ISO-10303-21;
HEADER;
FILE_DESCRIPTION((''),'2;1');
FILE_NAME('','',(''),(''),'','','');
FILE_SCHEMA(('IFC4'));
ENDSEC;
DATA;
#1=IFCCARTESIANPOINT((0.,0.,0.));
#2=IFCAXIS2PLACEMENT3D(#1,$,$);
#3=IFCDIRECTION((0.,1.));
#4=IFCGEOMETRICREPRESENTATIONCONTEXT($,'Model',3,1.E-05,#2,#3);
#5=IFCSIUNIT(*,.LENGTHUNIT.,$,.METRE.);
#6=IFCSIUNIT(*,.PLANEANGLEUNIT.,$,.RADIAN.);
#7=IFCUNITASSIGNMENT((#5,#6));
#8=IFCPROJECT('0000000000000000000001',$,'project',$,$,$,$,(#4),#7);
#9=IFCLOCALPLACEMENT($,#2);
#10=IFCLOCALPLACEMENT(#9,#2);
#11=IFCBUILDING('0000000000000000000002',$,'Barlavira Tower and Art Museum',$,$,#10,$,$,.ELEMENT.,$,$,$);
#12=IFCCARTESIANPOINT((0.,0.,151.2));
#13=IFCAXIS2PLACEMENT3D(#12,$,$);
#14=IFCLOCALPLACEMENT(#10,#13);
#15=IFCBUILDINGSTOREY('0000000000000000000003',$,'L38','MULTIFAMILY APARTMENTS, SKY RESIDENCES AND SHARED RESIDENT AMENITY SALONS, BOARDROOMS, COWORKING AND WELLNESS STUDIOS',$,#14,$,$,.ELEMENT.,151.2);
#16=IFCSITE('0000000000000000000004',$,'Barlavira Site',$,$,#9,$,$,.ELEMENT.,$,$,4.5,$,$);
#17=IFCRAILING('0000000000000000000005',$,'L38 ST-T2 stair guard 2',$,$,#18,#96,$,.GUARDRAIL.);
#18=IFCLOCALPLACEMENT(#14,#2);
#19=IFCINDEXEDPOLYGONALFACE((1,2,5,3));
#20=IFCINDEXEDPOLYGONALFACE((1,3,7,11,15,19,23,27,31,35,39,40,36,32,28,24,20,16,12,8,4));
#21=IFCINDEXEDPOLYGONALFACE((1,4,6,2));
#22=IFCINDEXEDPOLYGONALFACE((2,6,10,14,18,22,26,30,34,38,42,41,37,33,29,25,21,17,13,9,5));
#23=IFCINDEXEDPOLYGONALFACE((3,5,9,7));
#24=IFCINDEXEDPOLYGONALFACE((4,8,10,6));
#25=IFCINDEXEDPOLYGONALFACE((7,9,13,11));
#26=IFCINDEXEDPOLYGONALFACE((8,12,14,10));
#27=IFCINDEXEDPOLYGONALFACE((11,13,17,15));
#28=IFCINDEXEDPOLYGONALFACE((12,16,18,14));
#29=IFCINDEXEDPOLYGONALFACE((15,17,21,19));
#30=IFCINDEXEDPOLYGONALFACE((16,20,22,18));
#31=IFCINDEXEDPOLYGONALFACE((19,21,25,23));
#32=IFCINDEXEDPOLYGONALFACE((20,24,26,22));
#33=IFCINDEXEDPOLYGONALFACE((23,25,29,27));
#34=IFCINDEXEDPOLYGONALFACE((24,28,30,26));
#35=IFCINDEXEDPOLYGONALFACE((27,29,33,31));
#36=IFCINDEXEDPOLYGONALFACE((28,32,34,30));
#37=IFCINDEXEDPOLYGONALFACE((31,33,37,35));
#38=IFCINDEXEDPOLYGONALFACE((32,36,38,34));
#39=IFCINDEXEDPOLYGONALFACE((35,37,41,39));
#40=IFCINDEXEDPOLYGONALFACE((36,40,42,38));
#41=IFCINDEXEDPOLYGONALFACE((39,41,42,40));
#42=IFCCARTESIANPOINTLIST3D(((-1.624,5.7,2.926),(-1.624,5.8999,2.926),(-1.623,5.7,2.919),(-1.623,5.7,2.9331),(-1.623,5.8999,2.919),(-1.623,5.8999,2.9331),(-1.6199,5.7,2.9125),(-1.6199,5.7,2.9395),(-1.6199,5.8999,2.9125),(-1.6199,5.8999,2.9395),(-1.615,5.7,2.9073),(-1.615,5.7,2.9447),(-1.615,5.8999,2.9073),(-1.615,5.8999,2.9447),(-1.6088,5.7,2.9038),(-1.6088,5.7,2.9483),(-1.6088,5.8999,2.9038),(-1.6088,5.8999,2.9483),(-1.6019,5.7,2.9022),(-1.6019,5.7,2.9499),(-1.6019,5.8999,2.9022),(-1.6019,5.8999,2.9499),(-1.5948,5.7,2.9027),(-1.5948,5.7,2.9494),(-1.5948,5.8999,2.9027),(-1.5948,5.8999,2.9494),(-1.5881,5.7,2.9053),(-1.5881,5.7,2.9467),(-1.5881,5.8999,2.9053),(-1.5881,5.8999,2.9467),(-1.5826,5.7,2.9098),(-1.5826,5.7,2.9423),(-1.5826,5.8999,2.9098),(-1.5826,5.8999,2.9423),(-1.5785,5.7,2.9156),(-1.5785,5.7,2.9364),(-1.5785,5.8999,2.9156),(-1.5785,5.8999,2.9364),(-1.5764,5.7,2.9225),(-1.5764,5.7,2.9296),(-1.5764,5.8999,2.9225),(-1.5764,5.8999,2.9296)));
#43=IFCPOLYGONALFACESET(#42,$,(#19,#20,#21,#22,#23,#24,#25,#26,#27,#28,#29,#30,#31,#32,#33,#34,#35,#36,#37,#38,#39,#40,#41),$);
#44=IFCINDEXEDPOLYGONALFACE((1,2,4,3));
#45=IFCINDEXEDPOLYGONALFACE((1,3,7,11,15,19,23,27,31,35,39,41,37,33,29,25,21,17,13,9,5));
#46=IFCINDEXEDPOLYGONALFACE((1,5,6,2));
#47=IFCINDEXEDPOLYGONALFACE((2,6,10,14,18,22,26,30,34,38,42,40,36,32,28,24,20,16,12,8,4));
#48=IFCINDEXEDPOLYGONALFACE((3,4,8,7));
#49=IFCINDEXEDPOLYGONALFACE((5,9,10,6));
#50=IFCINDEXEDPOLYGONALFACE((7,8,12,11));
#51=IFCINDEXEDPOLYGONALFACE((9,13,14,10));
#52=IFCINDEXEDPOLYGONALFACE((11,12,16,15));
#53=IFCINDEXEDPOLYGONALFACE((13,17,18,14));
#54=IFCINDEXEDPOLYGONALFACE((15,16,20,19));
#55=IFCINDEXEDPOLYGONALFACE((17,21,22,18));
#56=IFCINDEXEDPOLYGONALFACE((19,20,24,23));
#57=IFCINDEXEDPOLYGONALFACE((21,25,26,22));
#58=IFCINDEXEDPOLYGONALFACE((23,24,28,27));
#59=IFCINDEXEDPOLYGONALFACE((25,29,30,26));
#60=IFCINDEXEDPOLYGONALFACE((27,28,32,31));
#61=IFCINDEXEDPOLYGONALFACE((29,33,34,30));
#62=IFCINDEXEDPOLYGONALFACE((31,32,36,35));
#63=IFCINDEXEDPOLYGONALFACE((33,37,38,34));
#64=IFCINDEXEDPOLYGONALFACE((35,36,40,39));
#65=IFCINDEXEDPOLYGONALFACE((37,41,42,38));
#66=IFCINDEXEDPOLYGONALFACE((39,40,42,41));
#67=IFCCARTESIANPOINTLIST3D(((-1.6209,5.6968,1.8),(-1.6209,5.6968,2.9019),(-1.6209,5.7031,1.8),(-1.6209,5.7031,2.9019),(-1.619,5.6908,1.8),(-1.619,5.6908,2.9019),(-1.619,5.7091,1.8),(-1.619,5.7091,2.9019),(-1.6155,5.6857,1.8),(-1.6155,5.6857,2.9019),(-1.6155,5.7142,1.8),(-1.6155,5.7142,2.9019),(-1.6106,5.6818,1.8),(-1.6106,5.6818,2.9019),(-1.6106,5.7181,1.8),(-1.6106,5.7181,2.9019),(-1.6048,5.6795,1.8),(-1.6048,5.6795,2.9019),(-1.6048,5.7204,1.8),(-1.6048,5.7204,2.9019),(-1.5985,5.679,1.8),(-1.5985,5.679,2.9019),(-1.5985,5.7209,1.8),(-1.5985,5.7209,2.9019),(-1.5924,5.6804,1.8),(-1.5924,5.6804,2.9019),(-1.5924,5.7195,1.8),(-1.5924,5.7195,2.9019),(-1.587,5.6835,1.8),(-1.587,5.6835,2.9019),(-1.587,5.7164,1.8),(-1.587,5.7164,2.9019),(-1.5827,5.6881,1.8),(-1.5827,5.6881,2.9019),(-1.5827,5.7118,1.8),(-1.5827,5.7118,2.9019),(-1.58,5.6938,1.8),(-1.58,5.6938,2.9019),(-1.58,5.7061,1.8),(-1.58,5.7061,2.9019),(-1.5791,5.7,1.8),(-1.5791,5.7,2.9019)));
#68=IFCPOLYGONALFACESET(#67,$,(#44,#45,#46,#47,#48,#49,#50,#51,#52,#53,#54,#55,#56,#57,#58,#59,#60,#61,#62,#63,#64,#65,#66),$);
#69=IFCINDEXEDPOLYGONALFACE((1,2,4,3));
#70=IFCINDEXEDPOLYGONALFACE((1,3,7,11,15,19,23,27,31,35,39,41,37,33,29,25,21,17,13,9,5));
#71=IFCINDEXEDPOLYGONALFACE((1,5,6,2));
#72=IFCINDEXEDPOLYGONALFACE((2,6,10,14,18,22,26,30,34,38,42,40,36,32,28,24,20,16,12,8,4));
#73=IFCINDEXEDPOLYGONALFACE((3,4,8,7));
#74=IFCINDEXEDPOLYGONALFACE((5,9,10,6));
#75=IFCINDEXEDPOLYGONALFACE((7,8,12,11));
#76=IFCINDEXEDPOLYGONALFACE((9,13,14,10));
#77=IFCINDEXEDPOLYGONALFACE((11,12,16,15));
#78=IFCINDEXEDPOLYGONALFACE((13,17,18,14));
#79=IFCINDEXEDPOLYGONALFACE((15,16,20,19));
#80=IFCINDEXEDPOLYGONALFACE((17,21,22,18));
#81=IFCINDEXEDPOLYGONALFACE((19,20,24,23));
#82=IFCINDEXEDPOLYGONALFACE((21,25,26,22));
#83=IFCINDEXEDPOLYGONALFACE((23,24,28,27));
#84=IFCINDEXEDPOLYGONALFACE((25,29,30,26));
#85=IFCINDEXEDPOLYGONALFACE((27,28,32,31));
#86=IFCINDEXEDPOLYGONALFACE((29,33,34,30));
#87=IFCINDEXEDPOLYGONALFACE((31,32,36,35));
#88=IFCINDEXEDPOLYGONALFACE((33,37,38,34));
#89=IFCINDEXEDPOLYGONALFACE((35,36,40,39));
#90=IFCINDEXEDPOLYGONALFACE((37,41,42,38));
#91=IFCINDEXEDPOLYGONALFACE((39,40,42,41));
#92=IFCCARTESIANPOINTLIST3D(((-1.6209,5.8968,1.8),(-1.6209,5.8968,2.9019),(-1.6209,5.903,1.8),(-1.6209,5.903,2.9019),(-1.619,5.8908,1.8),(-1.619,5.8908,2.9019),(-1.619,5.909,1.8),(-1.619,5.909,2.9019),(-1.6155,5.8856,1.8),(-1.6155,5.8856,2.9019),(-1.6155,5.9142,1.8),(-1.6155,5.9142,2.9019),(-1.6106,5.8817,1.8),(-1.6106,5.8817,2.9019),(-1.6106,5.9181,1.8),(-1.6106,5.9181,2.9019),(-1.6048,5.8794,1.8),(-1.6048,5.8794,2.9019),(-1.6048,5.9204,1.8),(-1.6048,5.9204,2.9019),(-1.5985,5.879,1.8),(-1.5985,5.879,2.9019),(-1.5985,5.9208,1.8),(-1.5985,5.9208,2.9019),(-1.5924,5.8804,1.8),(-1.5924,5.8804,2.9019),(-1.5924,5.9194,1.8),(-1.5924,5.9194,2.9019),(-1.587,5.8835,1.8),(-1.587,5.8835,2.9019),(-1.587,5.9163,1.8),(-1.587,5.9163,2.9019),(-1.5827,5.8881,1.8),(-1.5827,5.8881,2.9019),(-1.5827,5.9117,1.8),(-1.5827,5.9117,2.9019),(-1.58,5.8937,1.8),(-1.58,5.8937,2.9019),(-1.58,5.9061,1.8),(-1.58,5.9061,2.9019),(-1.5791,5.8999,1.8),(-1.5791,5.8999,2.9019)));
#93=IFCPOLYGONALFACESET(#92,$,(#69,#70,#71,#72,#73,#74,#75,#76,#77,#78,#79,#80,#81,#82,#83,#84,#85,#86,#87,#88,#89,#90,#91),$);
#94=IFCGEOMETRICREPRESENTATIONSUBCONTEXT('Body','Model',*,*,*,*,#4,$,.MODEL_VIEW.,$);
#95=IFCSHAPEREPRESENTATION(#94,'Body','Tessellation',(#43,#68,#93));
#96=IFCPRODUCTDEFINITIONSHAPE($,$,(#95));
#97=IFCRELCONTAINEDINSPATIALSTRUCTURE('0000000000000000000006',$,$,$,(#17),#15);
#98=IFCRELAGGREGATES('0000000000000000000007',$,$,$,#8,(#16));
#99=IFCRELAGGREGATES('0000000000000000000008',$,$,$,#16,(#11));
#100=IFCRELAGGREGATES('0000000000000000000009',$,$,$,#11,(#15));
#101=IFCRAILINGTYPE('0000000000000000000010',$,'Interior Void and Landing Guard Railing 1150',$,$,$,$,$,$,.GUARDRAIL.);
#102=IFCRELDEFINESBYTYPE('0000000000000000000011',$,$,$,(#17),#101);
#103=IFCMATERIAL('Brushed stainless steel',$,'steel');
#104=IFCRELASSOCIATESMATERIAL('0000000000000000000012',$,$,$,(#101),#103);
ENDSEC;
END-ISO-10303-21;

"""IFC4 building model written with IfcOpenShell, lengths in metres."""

from ifc_helpers import new_model, si_unit, direction, frame, origin, origin_2d, place, context, subcontext, project, spatial, circle, extrude, material, type_object, element, save


model = new_model("IFC4")

# Units and contexts
model_context = context("Model", 3, precision=1e-05, world=origin(), true_north=direction((0.0, 1.0)))
body_context = subcontext(model_context, "Body", "Model", "MODEL_VIEW")
ifc_project = project(units=[si_unit("LENGTHUNIT", "METRE"), si_unit("PLANEANGLEUNIT", "RADIAN")], contexts=[model_context])

# Site, building, storey
site_placement = place(None, origin())
site = spatial("IfcSite", under=ifc_project, at=site_placement, Name="Barlavira Site", CompositionType="ELEMENT", RefElevation=4.5)
building_placement = place(site_placement, origin())
building = spatial("IfcBuilding", under=site, at=building_placement, Name="Barlavira Tower and Art Museum", CompositionType="ELEMENT")
storey_placement = place(building_placement, frame((0.0, 0.0, 151.2)))
storey = spatial("IfcBuildingStorey", under=building, at=storey_placement, Name="L38", Description="MULTIFAMILY APARTMENTS, SKY RESIDENCES AND SHARED RESIDENT AMENITY SALONS, BOARDROOMS, COWORKING AND WELLNESS STUDIOS", CompositionType="ELEMENT", Elevation=151.2)

# Shared definitions
ifc_material_1 = material(Name="Brushed stainless steel", Category="steel")

# Railing
railing_type_1 = type_object("IfcRailingType", Name="Interior Void and Landing Guard Railing 1150", PredefinedType="GUARDRAIL", material=ifc_material_1)
railing_1_placement = place(storey_placement, frame((-1.6001, 5.7, 1.8)))
element("IfcRailing", 1, at=railing_1_placement, inside=storey, type_object=railing_type_1, Name="L38 ST-T2 stair guard 2", PredefinedType="GUARDRAIL", context=body_context, shape_type="SweptSolid", body=[
    extrude(circle(Radius=0.0239, at=origin_2d()), frame((0.0, 0.0, 1.126), z_axis=(0.0, 1.0, 0.0), x_axis=(-1.0, 0.0, 0.0)), (0.0, 0.0, 1.0), 0.2),
    extrude(circle(Radius=0.021, at=origin_2d()), origin(), (0.0, 0.0, 1.0), 1.1018),
    extrude(circle(Radius=0.021, at=origin_2d()), frame((0.0, 0.2, 0.0)), (0.0, 0.0, 1.0), 1.1018),
])

save(model, "model.ifc")
